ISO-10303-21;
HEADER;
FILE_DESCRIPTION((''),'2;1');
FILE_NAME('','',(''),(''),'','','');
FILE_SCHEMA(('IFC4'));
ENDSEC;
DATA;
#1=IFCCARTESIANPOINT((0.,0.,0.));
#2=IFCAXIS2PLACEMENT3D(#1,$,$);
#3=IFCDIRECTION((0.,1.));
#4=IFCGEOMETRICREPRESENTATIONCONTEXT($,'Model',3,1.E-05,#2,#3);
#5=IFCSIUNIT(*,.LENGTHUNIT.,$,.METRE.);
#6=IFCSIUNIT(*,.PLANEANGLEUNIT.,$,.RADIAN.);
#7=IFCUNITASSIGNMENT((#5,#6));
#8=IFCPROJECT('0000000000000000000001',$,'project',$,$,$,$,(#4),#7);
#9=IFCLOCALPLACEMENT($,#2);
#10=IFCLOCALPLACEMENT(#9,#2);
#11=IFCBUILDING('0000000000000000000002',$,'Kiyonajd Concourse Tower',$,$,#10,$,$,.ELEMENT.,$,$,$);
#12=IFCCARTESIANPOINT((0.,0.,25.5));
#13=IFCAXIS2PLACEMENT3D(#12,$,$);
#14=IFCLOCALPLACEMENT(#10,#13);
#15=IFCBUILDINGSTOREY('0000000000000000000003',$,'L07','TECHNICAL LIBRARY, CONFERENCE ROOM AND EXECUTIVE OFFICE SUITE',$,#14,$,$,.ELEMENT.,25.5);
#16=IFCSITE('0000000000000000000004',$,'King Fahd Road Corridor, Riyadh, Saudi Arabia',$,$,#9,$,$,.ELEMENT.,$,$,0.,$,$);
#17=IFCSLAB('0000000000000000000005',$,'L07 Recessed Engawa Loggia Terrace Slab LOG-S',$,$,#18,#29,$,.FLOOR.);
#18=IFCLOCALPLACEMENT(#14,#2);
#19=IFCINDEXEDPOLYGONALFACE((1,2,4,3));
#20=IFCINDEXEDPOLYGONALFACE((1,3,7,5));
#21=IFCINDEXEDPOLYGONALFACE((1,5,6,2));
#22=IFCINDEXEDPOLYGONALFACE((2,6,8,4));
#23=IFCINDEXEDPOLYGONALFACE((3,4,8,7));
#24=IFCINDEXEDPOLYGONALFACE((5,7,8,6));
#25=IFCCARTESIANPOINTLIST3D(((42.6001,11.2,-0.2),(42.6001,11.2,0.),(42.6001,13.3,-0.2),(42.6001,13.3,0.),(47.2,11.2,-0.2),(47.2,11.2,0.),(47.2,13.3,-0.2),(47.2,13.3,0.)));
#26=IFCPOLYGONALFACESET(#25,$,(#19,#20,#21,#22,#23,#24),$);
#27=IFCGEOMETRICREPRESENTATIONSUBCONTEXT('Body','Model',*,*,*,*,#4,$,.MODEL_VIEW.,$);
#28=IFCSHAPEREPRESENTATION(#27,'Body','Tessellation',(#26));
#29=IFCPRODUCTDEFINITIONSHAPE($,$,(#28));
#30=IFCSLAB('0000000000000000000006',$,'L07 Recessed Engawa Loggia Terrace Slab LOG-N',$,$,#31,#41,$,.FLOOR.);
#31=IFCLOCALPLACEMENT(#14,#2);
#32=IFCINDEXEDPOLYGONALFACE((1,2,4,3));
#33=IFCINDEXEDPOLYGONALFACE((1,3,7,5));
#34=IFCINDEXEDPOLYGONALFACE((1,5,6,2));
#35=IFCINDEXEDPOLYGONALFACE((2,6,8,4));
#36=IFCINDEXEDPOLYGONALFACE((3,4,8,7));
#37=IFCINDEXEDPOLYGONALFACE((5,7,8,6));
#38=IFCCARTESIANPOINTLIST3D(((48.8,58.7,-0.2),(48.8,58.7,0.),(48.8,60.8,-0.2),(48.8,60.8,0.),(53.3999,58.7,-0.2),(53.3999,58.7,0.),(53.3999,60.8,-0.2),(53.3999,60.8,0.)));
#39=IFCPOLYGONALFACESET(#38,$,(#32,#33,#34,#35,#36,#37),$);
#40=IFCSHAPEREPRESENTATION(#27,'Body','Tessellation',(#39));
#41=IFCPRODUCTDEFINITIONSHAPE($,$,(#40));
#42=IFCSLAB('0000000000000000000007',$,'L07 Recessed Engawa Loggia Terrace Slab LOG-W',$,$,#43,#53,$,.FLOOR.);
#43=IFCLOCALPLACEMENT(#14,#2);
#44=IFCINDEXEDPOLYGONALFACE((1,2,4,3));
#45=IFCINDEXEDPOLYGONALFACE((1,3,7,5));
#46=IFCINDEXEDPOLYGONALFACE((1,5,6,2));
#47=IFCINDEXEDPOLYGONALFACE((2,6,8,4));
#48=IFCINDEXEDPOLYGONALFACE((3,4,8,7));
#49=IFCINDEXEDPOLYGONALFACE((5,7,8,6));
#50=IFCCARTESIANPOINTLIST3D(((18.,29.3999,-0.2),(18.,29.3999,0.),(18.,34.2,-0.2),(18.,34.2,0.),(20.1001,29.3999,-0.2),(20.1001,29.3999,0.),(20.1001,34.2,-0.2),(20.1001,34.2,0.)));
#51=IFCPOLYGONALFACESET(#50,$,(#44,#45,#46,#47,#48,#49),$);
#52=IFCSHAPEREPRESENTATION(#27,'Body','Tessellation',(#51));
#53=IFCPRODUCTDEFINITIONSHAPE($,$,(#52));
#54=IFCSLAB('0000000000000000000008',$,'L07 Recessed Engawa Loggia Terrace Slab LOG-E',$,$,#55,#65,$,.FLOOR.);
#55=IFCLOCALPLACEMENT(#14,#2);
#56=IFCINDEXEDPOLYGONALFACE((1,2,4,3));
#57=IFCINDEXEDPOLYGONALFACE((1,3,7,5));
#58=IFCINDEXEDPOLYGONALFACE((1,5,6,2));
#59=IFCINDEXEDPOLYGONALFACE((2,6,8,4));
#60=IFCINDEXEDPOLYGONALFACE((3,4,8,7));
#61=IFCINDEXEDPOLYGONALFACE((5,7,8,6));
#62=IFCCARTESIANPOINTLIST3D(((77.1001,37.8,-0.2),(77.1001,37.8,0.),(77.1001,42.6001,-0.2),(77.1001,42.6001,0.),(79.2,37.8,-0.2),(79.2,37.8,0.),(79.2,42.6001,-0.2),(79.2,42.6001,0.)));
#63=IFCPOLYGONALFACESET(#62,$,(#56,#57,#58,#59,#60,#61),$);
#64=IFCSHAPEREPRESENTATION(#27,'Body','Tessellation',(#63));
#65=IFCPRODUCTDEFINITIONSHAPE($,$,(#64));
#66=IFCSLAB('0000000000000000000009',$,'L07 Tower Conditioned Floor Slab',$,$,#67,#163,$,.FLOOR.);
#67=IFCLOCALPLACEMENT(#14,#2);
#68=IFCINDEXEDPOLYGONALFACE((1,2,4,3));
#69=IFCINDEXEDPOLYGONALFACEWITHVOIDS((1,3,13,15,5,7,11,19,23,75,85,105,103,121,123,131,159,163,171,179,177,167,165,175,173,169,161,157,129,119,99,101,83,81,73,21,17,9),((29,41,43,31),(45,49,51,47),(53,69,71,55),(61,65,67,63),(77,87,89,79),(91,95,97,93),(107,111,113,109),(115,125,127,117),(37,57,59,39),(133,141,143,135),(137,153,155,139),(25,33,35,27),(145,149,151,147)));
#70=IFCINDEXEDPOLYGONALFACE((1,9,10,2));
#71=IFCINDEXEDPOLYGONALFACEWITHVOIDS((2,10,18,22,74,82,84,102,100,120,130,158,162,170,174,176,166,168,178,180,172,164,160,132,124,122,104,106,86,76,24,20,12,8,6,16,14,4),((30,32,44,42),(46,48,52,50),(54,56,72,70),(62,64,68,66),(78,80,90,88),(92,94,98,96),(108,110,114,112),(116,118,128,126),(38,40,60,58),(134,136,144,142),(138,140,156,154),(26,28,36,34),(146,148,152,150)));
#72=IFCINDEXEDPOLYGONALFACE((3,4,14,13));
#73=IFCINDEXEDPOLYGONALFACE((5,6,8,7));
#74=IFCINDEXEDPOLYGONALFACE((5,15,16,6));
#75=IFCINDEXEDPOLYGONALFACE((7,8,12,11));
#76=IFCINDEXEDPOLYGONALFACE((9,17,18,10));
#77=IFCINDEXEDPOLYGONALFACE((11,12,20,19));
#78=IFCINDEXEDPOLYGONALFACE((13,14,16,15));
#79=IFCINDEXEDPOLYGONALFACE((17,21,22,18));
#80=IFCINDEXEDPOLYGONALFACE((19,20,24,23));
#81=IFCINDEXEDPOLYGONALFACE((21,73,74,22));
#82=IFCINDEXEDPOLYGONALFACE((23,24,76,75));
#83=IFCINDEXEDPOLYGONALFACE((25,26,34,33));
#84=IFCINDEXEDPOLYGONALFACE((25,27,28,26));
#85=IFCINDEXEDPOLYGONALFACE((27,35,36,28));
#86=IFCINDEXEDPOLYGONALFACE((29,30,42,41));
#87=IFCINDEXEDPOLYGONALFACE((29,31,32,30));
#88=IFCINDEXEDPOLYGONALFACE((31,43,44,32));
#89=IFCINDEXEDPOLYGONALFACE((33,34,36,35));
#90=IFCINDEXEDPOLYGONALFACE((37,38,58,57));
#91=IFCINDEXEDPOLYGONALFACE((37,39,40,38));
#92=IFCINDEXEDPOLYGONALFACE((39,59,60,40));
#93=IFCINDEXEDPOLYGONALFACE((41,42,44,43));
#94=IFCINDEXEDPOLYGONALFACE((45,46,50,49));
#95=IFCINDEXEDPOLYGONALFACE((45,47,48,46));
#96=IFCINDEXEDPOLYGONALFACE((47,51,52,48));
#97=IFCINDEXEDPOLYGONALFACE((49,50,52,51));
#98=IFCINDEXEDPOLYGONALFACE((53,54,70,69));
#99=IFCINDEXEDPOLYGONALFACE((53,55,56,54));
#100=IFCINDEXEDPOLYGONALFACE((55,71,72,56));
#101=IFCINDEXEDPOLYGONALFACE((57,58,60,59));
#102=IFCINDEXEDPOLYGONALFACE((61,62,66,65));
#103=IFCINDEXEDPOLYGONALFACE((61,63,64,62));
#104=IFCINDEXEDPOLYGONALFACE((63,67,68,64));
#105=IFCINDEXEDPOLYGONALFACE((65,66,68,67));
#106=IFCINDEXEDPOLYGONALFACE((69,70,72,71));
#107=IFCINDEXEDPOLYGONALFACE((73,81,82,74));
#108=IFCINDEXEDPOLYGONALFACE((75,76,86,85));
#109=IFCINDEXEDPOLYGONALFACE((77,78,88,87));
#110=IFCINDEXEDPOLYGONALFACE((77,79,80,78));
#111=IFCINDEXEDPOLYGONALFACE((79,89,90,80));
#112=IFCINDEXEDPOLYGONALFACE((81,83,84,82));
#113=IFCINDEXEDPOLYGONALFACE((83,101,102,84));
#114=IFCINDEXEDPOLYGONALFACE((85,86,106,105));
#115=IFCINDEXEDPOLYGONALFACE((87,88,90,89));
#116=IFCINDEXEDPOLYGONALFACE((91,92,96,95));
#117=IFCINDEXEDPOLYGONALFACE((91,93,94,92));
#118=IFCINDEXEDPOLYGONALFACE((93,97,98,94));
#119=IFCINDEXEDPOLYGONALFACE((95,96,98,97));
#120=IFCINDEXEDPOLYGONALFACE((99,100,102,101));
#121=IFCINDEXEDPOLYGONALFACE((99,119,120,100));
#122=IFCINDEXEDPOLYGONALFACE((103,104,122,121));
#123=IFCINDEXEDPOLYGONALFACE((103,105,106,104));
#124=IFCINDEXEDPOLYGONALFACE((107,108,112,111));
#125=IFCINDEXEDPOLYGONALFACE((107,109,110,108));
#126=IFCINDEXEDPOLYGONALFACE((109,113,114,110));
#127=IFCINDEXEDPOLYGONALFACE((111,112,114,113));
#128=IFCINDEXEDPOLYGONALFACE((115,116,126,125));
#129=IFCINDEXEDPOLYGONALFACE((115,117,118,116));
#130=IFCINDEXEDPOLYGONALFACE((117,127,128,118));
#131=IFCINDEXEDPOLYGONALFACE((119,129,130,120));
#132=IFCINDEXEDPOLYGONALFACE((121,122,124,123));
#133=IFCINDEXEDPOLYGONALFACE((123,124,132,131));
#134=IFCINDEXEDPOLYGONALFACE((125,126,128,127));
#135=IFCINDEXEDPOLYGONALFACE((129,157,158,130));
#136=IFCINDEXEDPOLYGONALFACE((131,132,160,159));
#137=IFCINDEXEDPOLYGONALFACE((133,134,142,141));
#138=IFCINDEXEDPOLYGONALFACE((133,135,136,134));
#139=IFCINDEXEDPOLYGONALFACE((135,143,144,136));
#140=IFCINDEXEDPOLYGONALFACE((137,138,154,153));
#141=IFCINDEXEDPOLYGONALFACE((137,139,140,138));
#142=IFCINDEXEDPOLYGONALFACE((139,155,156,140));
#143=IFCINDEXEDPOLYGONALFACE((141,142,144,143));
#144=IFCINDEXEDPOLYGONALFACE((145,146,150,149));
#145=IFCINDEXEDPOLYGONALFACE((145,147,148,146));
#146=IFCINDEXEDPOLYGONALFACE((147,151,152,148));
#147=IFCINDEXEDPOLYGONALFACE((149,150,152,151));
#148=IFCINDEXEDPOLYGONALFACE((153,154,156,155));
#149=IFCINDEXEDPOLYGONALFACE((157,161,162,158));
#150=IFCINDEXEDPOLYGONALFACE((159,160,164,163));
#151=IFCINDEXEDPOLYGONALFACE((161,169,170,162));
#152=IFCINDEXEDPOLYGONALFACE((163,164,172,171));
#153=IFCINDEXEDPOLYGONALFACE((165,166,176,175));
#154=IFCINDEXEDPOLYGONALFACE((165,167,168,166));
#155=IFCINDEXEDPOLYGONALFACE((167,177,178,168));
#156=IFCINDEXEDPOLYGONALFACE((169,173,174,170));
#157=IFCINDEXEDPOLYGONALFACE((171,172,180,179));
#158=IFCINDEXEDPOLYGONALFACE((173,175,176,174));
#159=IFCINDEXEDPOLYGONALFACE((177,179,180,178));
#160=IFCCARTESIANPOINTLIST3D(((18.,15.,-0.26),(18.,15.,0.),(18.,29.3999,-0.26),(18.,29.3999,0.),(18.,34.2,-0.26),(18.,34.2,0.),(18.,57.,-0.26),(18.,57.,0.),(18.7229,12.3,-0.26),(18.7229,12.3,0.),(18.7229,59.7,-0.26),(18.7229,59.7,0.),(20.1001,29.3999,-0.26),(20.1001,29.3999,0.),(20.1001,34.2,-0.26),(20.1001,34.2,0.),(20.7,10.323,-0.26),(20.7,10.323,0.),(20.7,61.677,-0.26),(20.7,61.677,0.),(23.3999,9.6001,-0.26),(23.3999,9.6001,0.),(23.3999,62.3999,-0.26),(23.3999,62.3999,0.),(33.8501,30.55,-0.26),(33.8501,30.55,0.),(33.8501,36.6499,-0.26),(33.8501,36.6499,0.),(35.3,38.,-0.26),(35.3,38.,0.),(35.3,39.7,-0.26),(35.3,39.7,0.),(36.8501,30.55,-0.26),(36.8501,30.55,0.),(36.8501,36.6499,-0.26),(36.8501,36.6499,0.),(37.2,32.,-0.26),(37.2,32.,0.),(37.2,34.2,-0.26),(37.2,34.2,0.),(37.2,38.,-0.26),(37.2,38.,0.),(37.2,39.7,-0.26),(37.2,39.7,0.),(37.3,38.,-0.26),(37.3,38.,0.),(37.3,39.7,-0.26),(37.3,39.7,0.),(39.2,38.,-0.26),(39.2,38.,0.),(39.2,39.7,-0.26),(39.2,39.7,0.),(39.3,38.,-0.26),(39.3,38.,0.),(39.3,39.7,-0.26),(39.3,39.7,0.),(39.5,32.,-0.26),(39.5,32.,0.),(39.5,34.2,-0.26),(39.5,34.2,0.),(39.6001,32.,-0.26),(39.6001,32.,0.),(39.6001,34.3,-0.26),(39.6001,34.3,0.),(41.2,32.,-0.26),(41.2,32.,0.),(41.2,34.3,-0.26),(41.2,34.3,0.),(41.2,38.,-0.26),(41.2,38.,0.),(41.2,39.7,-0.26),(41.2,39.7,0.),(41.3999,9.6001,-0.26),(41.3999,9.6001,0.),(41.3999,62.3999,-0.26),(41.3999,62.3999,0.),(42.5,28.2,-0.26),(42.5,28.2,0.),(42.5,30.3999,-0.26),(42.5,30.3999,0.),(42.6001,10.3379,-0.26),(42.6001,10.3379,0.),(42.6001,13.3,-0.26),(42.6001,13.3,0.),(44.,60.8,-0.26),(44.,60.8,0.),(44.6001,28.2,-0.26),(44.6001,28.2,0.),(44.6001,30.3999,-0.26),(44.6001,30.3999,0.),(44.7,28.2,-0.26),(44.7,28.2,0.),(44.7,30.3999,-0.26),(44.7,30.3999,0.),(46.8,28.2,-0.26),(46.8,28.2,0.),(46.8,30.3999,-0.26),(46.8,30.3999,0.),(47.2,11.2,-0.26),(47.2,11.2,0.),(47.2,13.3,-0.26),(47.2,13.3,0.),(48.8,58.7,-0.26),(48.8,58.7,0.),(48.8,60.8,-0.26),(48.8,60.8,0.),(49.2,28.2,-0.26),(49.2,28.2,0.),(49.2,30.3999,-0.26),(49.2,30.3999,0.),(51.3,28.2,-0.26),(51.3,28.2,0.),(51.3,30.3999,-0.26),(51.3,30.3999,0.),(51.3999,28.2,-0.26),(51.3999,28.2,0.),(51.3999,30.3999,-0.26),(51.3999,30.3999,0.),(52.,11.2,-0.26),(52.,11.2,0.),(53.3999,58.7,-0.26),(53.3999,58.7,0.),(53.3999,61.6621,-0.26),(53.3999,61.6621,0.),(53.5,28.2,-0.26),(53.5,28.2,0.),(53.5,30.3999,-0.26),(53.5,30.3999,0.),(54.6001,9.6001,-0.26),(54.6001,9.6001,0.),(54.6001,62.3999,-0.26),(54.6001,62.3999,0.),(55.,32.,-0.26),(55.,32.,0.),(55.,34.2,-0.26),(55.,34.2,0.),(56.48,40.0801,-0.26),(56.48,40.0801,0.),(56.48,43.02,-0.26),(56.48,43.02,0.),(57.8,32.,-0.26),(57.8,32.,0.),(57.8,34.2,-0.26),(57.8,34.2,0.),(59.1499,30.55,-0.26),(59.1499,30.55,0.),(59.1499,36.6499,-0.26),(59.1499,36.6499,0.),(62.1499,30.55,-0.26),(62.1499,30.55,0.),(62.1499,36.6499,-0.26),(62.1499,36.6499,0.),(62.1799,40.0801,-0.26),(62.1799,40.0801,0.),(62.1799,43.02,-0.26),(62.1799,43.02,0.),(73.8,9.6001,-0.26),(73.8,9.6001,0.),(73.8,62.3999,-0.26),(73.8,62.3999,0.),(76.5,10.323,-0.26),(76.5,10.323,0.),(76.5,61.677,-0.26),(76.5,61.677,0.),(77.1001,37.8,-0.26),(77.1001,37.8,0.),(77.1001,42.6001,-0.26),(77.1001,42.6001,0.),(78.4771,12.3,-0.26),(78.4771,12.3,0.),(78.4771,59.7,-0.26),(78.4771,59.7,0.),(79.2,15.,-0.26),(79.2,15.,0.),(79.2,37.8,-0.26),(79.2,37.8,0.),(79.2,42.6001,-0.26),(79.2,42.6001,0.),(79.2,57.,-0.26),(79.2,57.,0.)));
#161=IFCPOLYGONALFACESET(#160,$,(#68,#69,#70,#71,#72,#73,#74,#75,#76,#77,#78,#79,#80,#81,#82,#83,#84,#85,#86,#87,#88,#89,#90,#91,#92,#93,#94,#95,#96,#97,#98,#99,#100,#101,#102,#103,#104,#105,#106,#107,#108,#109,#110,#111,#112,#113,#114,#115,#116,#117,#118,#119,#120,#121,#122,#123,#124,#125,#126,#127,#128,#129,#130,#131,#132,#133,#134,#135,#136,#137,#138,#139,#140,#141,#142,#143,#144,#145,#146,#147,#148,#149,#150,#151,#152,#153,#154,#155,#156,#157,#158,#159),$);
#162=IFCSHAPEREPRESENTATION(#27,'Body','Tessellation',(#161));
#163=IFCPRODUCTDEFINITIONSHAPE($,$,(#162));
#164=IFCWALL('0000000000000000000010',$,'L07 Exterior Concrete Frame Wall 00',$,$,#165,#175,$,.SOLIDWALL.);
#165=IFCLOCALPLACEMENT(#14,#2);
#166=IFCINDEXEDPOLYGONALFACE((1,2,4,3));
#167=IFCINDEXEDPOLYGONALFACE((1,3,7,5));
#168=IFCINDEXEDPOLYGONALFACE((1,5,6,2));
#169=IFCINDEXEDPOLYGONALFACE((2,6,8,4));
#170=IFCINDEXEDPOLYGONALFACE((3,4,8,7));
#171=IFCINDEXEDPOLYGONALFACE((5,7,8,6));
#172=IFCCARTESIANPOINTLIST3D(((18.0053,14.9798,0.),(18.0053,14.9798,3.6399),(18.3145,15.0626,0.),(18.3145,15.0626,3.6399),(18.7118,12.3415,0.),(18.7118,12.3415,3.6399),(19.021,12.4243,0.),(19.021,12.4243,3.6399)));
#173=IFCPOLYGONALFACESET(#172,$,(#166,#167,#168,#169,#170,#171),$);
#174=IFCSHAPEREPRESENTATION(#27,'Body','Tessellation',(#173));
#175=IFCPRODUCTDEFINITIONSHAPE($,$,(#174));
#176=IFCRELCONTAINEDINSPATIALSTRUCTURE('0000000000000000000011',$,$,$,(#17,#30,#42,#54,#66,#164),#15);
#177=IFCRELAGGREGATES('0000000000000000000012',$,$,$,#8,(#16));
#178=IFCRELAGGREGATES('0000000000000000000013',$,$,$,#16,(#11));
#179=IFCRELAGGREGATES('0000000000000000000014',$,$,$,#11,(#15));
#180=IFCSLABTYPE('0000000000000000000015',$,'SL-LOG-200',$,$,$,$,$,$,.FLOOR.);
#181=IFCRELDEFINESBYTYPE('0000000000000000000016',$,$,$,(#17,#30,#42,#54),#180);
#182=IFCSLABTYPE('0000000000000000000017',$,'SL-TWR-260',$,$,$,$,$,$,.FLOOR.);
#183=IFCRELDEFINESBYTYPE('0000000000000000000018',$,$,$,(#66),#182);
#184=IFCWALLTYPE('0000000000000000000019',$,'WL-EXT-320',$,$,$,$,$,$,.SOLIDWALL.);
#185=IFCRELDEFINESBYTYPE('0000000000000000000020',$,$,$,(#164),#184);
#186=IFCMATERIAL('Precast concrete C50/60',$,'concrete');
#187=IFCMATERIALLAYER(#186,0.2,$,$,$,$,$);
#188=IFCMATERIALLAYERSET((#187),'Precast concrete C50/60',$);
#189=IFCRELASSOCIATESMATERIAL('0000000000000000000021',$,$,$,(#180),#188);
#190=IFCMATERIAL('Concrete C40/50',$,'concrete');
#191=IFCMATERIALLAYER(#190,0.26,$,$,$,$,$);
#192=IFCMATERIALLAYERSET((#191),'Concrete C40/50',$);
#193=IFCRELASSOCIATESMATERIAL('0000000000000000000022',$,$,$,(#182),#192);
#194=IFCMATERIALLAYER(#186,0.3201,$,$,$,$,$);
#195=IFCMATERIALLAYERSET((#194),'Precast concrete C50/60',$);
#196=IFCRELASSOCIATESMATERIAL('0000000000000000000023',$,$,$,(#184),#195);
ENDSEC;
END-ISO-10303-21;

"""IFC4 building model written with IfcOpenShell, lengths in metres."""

from ifc_helpers import new_model, si_unit, direction, frame, frame_2d, origin, place, context, subcontext, project, spatial, polyline, rectangle, outline, extrude, material, layer, layer_set, type_object, element, save


model = new_model("IFC4")

# Units and contexts
model_context = context("Model", 3, precision=1e-05, world=origin(), true_north=direction((0.0, 1.0)))
body_context = subcontext(model_context, "Body", "Model", "MODEL_VIEW")
ifc_project = project(units=[si_unit("LENGTHUNIT", "METRE"), si_unit("PLANEANGLEUNIT", "RADIAN")], contexts=[model_context])

# Site, building, storey
site_placement = place(None, origin())
site = spatial("IfcSite", under=ifc_project, at=site_placement, Name="King Fahd Road Corridor, Riyadh, Saudi Arabia", CompositionType="ELEMENT", RefElevation=0.0)
building_placement = place(site_placement, origin())
building = spatial("IfcBuilding", under=site, at=building_placement, Name="Kiyonajd Concourse Tower", CompositionType="ELEMENT")
storey_placement = place(building_placement, frame((0.0, 0.0, 25.5)))
storey = spatial("IfcBuildingStorey", under=building, at=storey_placement, Name="L07", Description="TECHNICAL LIBRARY, CONFERENCE ROOM AND EXECUTIVE OFFICE SUITE", CompositionType="ELEMENT", Elevation=25.5)

# Shared definitions
ifc_material_1 = material(Name="Precast concrete C50/60", Category="concrete")

# Shared definitions
ifc_material_2 = material(Name="Concrete C40/50", Category="concrete")

# Slabs
ifc_layer_1 = layer(ifc_material_1, 0.2)
ifc_layer_set_1 = layer_set([ifc_layer_1], Name="Precast concrete C50/60")
slab_type_1 = type_object("IfcSlabType", Name="SL-LOG-200", PredefinedType="FLOOR", material=ifc_layer_set_1)
slab_1_placement = place(storey_placement, frame((0.0, 0.0, -0.2)))
element("IfcSlab", 1, at=slab_1_placement, inside=storey, type_object=slab_type_1, Name="L07 Recessed Engawa Loggia Terrace Slab LOG-S", PredefinedType="FLOOR", context=body_context, shape_type="SweptSolid", body=[
    extrude(outline(polyline([(42.6001, 11.2), (47.2, 11.2), (47.2, 13.3), (42.6001, 13.3), (42.6001, 11.2)])), origin(), (0.0, 0.0, 1.0), 0.2),
])
slab_2_placement = place(storey_placement, frame((0.0, 0.0, -0.2)))
element("IfcSlab", 2, at=slab_2_placement, inside=storey, type_object=slab_type_1, Name="L07 Recessed Engawa Loggia Terrace Slab LOG-N", PredefinedType="FLOOR", context=body_context, shape_type="SweptSolid", body=[
    extrude(outline(polyline([(48.8, 58.7), (53.3999, 58.7), (53.3999, 60.8), (48.8, 60.8), (48.8, 58.7)])), origin(), (0.0, 0.0, 1.0), 0.2),
])
slab_3_placement = place(storey_placement, frame((0.0, 0.0, -0.2)))
element("IfcSlab", 3, at=slab_3_placement, inside=storey, type_object=slab_type_1, Name="L07 Recessed Engawa Loggia Terrace Slab LOG-W", PredefinedType="FLOOR", context=body_context, shape_type="SweptSolid", body=[
    extrude(outline(polyline([(18.0, 29.3999), (20.1001, 29.3999), (20.1001, 34.2), (18.0, 34.2), (18.0, 29.3999)])), origin(), (0.0, 0.0, 1.0), 0.2),
])
slab_4_placement = place(storey_placement, frame((0.0, 0.0, -0.2)))
element("IfcSlab", 4, at=slab_4_placement, inside=storey, type_object=slab_type_1, Name="L07 Recessed Engawa Loggia Terrace Slab LOG-E", PredefinedType="FLOOR", context=body_context, shape_type="SweptSolid", body=[
    extrude(outline(polyline([(77.1001, 37.8), (79.2, 37.8), (79.2, 42.6001), (77.1001, 42.6001), (77.1001, 37.8)])), origin(), (0.0, 0.0, 1.0), 0.2),
])
ifc_layer_2 = layer(ifc_material_2, 0.26)
ifc_layer_set_2 = layer_set([ifc_layer_2], Name="Concrete C40/50")
slab_type_2 = type_object("IfcSlabType", Name="SL-TWR-260", PredefinedType="FLOOR", material=ifc_layer_set_2)
slab_5_placement = place(storey_placement, frame((0.0, 0.0, -0.26)))
element("IfcSlab", 5, at=slab_5_placement, inside=storey, type_object=slab_type_2, Name="L07 Tower Conditioned Floor Slab", PredefinedType="FLOOR", context=body_context, shape_type="SweptSolid", body=[
    extrude(outline(polyline([(18.7229, 12.3), (18.0, 15.0), (18.0, 29.3999), (20.1001, 29.3999), (20.1001, 34.2), (18.0, 34.2), (18.0, 57.0), (18.7229, 59.7), (20.7, 61.677), (23.3999, 62.3999), (41.3999, 62.3999), (44.0, 60.8), (48.8, 60.8), (48.8, 58.7), (53.3999, 58.7), (53.3999, 61.6621), (54.6001, 62.3999), (73.8, 62.3999), (76.5, 61.677), (78.4771, 59.7), (79.2, 57.0), (79.2, 42.6001), (77.1001, 42.6001), (77.1001, 37.8), (79.2, 37.8), (79.2, 15.0), (78.4771, 12.3), (76.5, 10.323), (73.8, 9.6001), (54.6001, 9.6001), (52.0, 11.2), (47.2, 11.2), (47.2, 13.3), (42.6001, 13.3), (42.6001, 10.3379), (41.3999, 9.6001), (23.3999, 9.6001), (20.7, 10.323), (18.7229, 12.3)]), holes=[polyline([(44.6001, 28.2), (42.5, 28.2), (42.5, 30.3999), (44.6001, 30.3999), (44.6001, 28.2)]), polyline([(37.2, 32.0), (37.2, 34.2), (39.5, 34.2), (39.5, 32.0), (37.2, 32.0)]), polyline([(39.6001, 32.0), (39.6001, 34.3), (41.2, 34.3), (41.2, 32.0), (39.6001, 32.0)]), polyline([(36.8501, 30.55), (33.8501, 30.55), (33.8501, 36.6499), (36.8501, 36.6499), (36.8501, 30.55)]), polyline([(35.3, 38.0), (35.3, 39.7), (37.2, 39.7), (37.2, 38.0), (35.3, 38.0)]), polyline([(37.3, 38.0), (37.3, 39.7), (39.2, 39.7), (39.2, 38.0), (37.3, 38.0)]), polyline([(41.2, 38.0), (39.3, 38.0), (39.3, 39.7), (41.2, 39.7), (41.2, 38.0)]), polyline([(44.7, 28.2), (44.7, 30.3999), (46.8, 30.3999), (46.8, 28.2), (44.7, 28.2)]), polyline([(49.2, 28.2), (49.2, 30.3999), (51.3, 30.3999), (51.3, 28.2), (49.2, 28.2)]), polyline([(51.3999, 28.2), (51.3999, 30.3999), (53.5, 30.3999), (53.5, 28.2), (51.3999, 28.2)]), polyline([(55.0, 32.0), (55.0, 34.2), (57.8, 34.2), (57.8, 32.0), (55.0, 32.0)]), polyline([(59.1499, 30.55), (59.1499, 36.6499), (62.1499, 36.6499), (62.1499, 30.55), (59.1499, 30.55)]), polyline([(56.48, 43.02), (62.1799, 43.02), (62.1799, 40.0801), (56.48, 40.0801), (56.48, 43.02)])]), origin(), (0.0, 0.0, 1.0), 0.26),
])

# Wall
ifc_layer_3 = layer(ifc_material_1, 0.3201)
ifc_layer_set_3 = layer_set([ifc_layer_3], Name="Precast concrete C50/60")
wall_type_1 = type_object("IfcWallType", Name="WL-EXT-320", PredefinedType="SOLIDWALL", material=ifc_layer_set_3)
wall_1_placement = place(storey_placement, frame((18.8665, 12.3828, 0.0), z_axis=(0.0, 0.0, 1.0), x_axis=(-0.258697, 0.965958, 0.0)))
element("IfcWall", 6, at=wall_1_placement, inside=storey, type_object=wall_type_1, Name="L07 Exterior Concrete Frame Wall 00", PredefinedType="SOLIDWALL", context=body_context, shape_type="SweptSolid", body=[
    extrude(rectangle(XDim=2.7312, YDim=0.3201, at=frame_2d((1.3657, 0.0))), origin(), (0.0, 0.0, 1.0), 3.6399),
])

save(model, "model.ifc")
